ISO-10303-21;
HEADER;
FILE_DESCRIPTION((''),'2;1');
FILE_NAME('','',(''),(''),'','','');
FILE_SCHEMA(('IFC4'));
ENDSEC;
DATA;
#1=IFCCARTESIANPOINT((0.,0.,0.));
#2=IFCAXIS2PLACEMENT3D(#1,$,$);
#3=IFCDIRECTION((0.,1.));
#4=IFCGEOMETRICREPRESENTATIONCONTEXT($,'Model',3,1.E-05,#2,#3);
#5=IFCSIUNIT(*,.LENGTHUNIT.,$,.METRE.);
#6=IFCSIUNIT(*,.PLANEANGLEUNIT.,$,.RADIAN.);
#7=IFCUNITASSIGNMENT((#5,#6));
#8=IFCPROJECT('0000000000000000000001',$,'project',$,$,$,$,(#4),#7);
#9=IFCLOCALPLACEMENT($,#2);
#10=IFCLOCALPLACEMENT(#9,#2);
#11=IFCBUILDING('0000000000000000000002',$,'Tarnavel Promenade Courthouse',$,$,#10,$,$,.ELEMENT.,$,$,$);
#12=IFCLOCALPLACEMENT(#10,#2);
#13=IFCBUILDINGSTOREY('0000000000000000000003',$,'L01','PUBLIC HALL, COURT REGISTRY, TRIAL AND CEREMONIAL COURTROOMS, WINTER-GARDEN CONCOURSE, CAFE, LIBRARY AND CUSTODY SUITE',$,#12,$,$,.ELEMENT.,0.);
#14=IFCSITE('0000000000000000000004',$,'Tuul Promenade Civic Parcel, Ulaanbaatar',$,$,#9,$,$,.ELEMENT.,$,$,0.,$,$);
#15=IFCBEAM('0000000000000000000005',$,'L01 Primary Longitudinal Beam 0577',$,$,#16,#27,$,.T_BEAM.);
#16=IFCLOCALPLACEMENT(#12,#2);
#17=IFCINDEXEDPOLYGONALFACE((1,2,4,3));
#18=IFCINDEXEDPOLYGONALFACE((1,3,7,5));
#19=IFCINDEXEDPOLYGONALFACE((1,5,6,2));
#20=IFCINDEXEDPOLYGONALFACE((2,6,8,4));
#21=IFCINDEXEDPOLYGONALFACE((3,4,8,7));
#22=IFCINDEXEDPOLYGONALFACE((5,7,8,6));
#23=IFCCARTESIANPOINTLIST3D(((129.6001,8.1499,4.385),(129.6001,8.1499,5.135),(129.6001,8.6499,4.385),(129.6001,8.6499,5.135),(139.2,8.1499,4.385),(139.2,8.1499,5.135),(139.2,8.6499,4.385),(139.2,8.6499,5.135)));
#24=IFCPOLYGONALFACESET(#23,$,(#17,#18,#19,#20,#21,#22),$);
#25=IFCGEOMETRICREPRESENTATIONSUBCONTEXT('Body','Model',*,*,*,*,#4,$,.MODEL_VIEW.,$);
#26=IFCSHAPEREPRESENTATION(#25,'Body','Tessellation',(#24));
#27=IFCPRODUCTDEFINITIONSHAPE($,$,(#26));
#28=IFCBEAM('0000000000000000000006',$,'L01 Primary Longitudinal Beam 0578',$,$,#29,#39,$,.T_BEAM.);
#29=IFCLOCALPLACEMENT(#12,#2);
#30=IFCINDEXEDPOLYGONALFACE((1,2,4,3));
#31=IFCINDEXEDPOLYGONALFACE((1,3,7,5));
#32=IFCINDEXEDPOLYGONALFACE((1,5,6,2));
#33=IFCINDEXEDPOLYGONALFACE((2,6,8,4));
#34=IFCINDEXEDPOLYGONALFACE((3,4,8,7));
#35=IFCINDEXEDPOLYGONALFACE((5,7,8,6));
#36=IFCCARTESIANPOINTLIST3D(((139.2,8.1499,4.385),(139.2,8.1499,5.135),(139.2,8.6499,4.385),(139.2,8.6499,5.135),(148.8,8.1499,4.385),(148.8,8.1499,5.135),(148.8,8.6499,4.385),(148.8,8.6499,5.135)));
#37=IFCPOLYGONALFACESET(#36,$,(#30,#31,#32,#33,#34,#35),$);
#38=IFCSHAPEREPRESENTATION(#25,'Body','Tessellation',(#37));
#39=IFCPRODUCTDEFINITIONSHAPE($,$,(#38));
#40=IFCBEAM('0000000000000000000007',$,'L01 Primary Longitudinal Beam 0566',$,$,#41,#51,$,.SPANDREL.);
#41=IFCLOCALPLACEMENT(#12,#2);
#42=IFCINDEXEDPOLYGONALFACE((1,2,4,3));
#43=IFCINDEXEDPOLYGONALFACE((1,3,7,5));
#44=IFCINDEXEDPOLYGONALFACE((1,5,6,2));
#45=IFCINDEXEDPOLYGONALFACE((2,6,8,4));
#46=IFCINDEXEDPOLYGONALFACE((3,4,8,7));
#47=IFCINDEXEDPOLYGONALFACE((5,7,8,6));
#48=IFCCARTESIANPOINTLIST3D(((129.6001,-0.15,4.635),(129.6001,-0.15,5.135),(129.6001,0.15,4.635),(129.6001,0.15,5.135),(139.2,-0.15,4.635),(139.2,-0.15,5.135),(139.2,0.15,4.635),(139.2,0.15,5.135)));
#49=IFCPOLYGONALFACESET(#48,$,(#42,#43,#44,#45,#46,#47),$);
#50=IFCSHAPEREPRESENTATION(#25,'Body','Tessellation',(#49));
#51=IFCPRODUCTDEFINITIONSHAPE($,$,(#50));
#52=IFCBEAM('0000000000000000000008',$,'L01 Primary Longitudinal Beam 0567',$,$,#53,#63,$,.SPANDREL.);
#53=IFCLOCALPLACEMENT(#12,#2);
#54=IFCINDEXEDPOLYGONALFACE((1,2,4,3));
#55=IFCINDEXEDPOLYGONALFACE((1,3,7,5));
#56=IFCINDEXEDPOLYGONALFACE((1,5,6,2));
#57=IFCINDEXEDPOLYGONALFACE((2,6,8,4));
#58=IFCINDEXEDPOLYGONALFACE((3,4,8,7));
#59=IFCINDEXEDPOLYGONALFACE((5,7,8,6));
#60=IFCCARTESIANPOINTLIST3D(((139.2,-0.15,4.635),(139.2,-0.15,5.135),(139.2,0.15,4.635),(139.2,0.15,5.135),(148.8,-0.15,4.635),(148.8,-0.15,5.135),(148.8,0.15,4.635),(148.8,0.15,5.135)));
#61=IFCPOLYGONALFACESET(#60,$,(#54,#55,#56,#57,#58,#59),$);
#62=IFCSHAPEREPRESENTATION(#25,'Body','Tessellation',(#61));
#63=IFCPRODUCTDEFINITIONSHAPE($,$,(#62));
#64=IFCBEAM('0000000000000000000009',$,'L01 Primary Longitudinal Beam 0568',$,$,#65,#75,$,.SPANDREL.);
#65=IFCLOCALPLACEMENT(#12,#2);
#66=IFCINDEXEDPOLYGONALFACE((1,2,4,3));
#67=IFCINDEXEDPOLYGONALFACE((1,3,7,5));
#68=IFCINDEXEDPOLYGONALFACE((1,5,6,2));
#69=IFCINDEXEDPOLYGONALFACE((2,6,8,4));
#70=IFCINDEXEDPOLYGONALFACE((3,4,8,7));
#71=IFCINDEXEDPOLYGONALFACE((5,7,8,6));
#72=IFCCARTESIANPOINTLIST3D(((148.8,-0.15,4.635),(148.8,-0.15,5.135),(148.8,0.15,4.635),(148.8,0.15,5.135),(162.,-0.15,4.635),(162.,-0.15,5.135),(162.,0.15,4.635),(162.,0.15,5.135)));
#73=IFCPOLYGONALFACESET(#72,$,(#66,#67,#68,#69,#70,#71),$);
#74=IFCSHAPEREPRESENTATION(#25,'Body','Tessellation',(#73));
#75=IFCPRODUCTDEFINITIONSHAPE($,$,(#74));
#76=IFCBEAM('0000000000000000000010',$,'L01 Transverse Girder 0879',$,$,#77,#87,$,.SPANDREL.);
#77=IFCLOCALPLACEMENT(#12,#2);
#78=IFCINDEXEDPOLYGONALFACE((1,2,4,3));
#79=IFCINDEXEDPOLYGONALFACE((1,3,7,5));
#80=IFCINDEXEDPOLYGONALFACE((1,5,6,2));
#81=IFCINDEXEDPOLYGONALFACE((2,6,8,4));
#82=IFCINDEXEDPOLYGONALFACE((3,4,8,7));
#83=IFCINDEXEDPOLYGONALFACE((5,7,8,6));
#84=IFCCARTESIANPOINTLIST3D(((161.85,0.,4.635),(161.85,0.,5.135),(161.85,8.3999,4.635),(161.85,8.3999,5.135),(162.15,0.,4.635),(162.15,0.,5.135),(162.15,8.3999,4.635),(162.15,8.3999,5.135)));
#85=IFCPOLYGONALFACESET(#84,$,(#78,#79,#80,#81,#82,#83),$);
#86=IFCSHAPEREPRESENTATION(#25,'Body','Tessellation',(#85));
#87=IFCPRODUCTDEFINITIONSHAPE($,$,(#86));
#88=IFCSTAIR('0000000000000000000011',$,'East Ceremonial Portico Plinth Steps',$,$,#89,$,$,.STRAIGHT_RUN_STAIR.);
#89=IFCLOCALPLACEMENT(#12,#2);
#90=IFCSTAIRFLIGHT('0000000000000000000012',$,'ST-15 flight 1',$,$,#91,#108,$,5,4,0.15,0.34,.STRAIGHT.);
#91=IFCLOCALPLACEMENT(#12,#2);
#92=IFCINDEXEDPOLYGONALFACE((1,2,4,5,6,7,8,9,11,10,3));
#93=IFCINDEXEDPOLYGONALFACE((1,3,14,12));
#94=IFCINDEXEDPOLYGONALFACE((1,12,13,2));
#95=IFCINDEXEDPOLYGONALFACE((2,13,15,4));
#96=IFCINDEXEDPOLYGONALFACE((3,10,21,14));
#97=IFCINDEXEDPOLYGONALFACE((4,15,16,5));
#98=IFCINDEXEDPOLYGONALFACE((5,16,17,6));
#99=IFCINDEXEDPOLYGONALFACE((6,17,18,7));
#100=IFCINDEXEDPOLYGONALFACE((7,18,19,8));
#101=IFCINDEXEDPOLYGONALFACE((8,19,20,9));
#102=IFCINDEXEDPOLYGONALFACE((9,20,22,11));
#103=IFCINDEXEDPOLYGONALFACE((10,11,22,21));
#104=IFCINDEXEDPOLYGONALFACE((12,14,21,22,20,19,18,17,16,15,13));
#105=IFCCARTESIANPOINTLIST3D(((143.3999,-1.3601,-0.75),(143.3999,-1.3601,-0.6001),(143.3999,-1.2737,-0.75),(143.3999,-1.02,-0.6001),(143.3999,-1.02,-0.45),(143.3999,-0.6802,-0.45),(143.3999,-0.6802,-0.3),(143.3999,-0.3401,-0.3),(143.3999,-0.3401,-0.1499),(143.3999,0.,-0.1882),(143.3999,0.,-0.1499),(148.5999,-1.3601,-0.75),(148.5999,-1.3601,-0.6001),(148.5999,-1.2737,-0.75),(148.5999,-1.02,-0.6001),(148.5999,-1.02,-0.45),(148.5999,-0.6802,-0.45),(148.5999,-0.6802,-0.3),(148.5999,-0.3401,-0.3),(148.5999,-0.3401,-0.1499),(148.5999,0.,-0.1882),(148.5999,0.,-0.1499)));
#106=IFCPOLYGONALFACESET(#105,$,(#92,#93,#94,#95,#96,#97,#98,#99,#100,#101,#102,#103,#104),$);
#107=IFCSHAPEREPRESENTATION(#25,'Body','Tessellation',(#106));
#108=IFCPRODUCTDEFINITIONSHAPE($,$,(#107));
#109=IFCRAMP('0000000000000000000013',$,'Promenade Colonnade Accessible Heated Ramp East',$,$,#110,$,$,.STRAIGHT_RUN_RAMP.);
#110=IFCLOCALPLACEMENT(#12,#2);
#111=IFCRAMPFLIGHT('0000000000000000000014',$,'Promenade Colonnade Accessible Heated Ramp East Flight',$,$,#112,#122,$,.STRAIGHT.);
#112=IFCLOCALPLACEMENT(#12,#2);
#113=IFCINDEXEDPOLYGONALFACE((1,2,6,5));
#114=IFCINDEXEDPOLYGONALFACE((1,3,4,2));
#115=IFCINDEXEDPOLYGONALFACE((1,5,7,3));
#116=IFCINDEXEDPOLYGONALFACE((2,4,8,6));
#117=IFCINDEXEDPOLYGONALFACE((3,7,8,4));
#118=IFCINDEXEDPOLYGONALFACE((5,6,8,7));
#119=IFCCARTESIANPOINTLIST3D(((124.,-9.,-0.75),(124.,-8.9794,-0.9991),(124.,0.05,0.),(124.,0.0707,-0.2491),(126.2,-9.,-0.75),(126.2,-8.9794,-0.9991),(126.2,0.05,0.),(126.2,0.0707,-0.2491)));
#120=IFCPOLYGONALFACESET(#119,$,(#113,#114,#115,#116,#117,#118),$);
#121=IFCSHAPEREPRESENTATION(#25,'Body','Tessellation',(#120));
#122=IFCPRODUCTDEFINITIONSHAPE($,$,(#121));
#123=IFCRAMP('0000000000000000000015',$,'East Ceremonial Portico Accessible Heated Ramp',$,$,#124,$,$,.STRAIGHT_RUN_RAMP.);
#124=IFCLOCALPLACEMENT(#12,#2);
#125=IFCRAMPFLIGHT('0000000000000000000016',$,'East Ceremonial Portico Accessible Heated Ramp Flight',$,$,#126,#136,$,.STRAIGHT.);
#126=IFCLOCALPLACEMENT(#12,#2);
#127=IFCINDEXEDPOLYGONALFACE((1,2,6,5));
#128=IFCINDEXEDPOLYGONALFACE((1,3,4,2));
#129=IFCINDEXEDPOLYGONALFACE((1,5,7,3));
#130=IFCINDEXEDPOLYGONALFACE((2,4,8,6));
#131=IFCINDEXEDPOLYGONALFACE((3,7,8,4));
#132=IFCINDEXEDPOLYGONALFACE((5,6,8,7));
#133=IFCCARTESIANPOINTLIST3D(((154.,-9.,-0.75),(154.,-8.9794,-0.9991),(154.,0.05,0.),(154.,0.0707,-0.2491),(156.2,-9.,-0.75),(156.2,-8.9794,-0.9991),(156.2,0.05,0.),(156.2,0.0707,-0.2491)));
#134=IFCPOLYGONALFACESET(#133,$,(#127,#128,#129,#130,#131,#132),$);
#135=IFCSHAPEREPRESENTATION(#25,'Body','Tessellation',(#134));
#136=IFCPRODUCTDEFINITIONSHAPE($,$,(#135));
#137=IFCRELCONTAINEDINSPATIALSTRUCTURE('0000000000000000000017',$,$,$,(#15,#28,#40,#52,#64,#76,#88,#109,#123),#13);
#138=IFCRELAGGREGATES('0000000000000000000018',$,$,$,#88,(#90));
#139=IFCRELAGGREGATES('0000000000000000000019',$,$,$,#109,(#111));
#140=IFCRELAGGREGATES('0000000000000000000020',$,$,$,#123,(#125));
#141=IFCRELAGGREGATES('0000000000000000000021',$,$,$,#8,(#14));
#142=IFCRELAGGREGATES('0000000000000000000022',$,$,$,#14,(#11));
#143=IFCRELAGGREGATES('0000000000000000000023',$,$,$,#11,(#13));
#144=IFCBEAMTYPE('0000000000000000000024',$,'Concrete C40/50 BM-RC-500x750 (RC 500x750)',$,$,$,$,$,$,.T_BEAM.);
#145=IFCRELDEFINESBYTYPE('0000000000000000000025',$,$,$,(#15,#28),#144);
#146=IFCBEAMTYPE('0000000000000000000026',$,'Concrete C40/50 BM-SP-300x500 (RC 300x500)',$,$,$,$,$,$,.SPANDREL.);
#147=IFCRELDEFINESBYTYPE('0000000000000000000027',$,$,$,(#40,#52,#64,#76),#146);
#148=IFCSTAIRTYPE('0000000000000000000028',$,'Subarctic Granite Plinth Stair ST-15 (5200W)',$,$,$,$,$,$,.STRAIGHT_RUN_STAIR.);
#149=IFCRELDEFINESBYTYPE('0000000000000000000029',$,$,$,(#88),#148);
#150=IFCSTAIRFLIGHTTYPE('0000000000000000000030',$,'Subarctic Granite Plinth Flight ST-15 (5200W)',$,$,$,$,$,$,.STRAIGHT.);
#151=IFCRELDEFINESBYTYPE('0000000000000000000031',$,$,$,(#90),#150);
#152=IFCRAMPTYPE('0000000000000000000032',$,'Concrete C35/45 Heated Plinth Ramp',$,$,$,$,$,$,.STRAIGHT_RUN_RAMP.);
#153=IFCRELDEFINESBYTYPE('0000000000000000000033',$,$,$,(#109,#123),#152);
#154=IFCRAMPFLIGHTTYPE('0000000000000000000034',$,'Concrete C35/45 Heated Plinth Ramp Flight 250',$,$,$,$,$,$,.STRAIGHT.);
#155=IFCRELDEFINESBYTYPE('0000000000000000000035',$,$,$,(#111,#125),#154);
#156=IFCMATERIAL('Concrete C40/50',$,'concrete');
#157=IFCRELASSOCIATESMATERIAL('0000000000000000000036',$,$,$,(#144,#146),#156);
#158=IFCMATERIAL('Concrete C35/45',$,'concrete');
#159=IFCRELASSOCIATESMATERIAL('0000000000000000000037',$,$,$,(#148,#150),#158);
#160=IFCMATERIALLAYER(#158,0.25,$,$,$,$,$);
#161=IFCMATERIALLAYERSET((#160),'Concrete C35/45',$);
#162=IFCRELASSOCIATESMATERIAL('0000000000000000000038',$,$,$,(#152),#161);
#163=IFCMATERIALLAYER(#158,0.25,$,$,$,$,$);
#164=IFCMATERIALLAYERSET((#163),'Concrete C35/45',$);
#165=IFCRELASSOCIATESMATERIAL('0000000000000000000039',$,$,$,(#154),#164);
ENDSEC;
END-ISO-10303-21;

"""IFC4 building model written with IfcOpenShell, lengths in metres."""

from ifc_helpers import new_model, si_unit, direction, frame, origin, origin_2d, place, context, subcontext, project, spatial, polyline, rectangle, outline, extrude, material, layer, layer_set, material_profile, profile_set, type_object, element, aggregate, save


model = new_model("IFC4")

# Units and contexts
model_context = context("Model", 3, precision=1e-05, world=origin(), true_north=direction((0.0, 1.0)))
body_context = subcontext(model_context, "Body", "Model", "MODEL_VIEW")
ifc_project = project(units=[si_unit("LENGTHUNIT", "METRE"), si_unit("PLANEANGLEUNIT", "RADIAN")], contexts=[model_context])

# Site, building, storey
site_placement = place(None, origin())
site = spatial("IfcSite", under=ifc_project, at=site_placement, Name="Tuul Promenade Civic Parcel, Ulaanbaatar", CompositionType="ELEMENT", RefElevation=0.0)
building_placement = place(site_placement, origin())
building = spatial("IfcBuilding", under=site, at=building_placement, Name="Tarnavel Promenade Courthouse", CompositionType="ELEMENT")
storey_placement = place(building_placement, origin())
storey = spatial("IfcBuildingStorey", under=building, at=storey_placement, Name="L01", Description="PUBLIC HALL, COURT REGISTRY, TRIAL AND CEREMONIAL COURTROOMS, WINTER-GARDEN CONCOURSE, CAFE, LIBRARY AND CUSTODY SUITE", CompositionType="ELEMENT", Elevation=0.0)

# Shared definitions
ifc_material_1 = material(Name="Concrete C40/50", Category="concrete")

# Beams
ifc_material_profile_1 = material_profile(ifc_material_1, rectangle(XDim=0.5, YDim=0.75, at=origin_2d()), Name="RC 500x750")
ifc_profile_set_1 = profile_set([ifc_material_profile_1], Name="Concrete C40/50")
beam_type_1 = type_object("IfcBeamType", Name="Concrete C40/50 BM-RC-500x750 (RC 500x750)", PredefinedType="T_BEAM", material=ifc_profile_set_1)
beam_1_placement = place(storey_placement, frame((129.6001, 8.3999, 4.76), z_axis=(1.0, 0.0, 0.0), x_axis=(0.0, 1.0, 0.0)))
element("IfcBeam", 1, at=beam_1_placement, inside=storey, type_object=beam_type_1, Name="L01 Primary Longitudinal Beam 0577", PredefinedType="T_BEAM", context=body_context, shape_type="SweptSolid", body=[
    extrude(rectangle(XDim=0.5, YDim=0.75, at=origin_2d()), origin(), (0.0, 0.0, 1.0), 9.5999),
])
beam_2_placement = place(storey_placement, frame((139.2, 8.3999, 4.76), z_axis=(1.0, 0.0, 0.0), x_axis=(0.0, 1.0, 0.0)))
element("IfcBeam", 2, at=beam_2_placement, inside=storey, type_object=beam_type_1, Name="L01 Primary Longitudinal Beam 0578", PredefinedType="T_BEAM", context=body_context, shape_type="SweptSolid", body=[
    extrude(rectangle(XDim=0.5, YDim=0.75, at=origin_2d()), origin(), (0.0, 0.0, 1.0), 9.6001),
])
ifc_material_profile_2 = material_profile(ifc_material_1, rectangle(XDim=0.3, YDim=0.5, at=origin_2d()), Name="RC 300x500")
ifc_profile_set_2 = profile_set([ifc_material_profile_2], Name="Concrete C40/50")
beam_type_2 = type_object("IfcBeamType", Name="Concrete C40/50 BM-SP-300x500 (RC 300x500)", PredefinedType="SPANDREL", material=ifc_profile_set_2)
beam_3_placement = place(storey_placement, frame((129.6001, 0.0, 4.885), z_axis=(1.0, 0.0, 0.0), x_axis=(0.0, 1.0, 0.0)))
element("IfcBeam", 3, at=beam_3_placement, inside=storey, type_object=beam_type_2, Name="L01 Primary Longitudinal Beam 0566", PredefinedType="SPANDREL", context=body_context, shape_type="SweptSolid", body=[
    extrude(rectangle(XDim=0.3, YDim=0.5, at=origin_2d()), origin(), (0.0, 0.0, 1.0), 9.5999),
])
beam_4_placement = place(storey_placement, frame((139.2, 0.0, 4.885), z_axis=(1.0, 0.0, 0.0), x_axis=(0.0, 1.0, 0.0)))
element("IfcBeam", 4, at=beam_4_placement, inside=storey, type_object=beam_type_2, Name="L01 Primary Longitudinal Beam 0567", PredefinedType="SPANDREL", context=body_context, shape_type="SweptSolid", body=[
    extrude(rectangle(XDim=0.3, YDim=0.5, at=origin_2d()), origin(), (0.0, 0.0, 1.0), 9.6001),
])
beam_5_placement = place(storey_placement, frame((148.8, 0.0, 4.885), z_axis=(1.0, 0.0, 0.0), x_axis=(0.0, 1.0, 0.0)))
element("IfcBeam", 5, at=beam_5_placement, inside=storey, type_object=beam_type_2, Name="L01 Primary Longitudinal Beam 0568", PredefinedType="SPANDREL", context=body_context, shape_type="SweptSolid", body=[
    extrude(rectangle(XDim=0.3, YDim=0.5, at=origin_2d()), origin(), (0.0, 0.0, 1.0), 13.2),
])
beam_6_placement = place(storey_placement, frame((162.0, 0.0, 4.885), z_axis=(0.0, 1.0, 0.0), x_axis=(-1.0, 0.0, 0.0)))
element("IfcBeam", 6, at=beam_6_placement, inside=storey, type_object=beam_type_2, Name="L01 Transverse Girder 0879", PredefinedType="SPANDREL", context=body_context, shape_type="SweptSolid", body=[
    extrude(rectangle(XDim=0.3, YDim=0.5, at=origin_2d()), origin(), (0.0, 0.0, 1.0), 8.3999),
])

# Stair, stair flight
ifc_material_2 = material(Name="Concrete C35/45", Category="concrete")
stair_type = type_object("IfcStairType", Name="Subarctic Granite Plinth Stair ST-15 (5200W)", PredefinedType="STRAIGHT_RUN_STAIR", material=ifc_material_2)
stair_placement = place(storey_placement, origin())
stair = element("IfcStair", 7, at=stair_placement, inside=storey, type_object=stair_type, Name="East Ceremonial Portico Plinth Steps", PredefinedType="STRAIGHT_RUN_STAIR")
stair_flight_type = type_object("IfcStairFlightType", Name="Subarctic Granite Plinth Flight ST-15 (5200W)", PredefinedType="STRAIGHT", material=ifc_material_2)
stair_flight_placement = place(storey_placement, frame((146.0, -1.3601, -0.75), z_axis=(0.0, 0.0, 1.0), x_axis=(0.0, 1.0, 0.0)))
stair_flight = element("IfcStairFlight", 8, at=stair_flight_placement, type_object=stair_flight_type, Name="ST-15 flight 1", NumberOfRisers=5, NumberOfTreads=4, PredefinedType="STRAIGHT", RiserHeight=0.15, TreadLength=0.34, context=body_context, shape_type="SweptSolid", body=[
    extrude(outline(polyline([(0.0, 0.0), (0.0, 0.1499), (0.3401, 0.1499), (0.3401, 0.3), (0.6799, 0.3), (0.6799, 0.45), (1.02, 0.45), (1.02, 0.6001), (1.3601, 0.6001), (1.3601, 0.75), (1.3601, 0.5618), (0.0864, 0.0), (0.0, 0.0)])), frame((0.0, 2.6001, 0.0), z_axis=(0.0, -1.0, 0.0), x_axis=(1.0, 0.0, 0.0)), (0.0, 0.0, 1.0), 5.2),
])
aggregate(stair, [stair_flight])

# Ramps, ramp flights
ifc_layer_1 = layer(ifc_material_2, 0.25)
ifc_layer_set_1 = layer_set([ifc_layer_1], Name="Concrete C35/45")
ramp_type = type_object("IfcRampType", Name="Concrete C35/45 Heated Plinth Ramp", PredefinedType="STRAIGHT_RUN_RAMP", material=ifc_layer_set_1)
ramp_1_placement = place(storey_placement, origin())
ramp_1 = element("IfcRamp", 9, at=ramp_1_placement, inside=storey, type_object=ramp_type, Name="Promenade Colonnade Accessible Heated Ramp East", PredefinedType="STRAIGHT_RUN_RAMP")
ifc_layer_2 = layer(ifc_material_2, 0.25)
ifc_layer_set_2 = layer_set([ifc_layer_2], Name="Concrete C35/45")
ramp_flight_type = type_object("IfcRampFlightType", Name="Concrete C35/45 Heated Plinth Ramp Flight 250", PredefinedType="STRAIGHT", material=ifc_layer_set_2)
ramp_flight_1_placement = place(storey_placement, frame((124.0, -9.0, -0.75), z_axis=(0.0, -0.082589, 0.996584), x_axis=(1.0, 0.0, 0.0)))
ramp_flight_1 = element("IfcRampFlight", 10, at=ramp_flight_1_placement, type_object=ramp_flight_type, Name="Promenade Colonnade Accessible Heated Ramp East Flight", PredefinedType="STRAIGHT", context=body_context, shape_type="SweptSolid", body=[
    extrude(outline(polyline([(0.0, 0.0), (2.2, 0.0), (2.2, 9.0811), (0.0, 9.0811), (0.0, 0.0)])), origin(), (0.0, 0.0, -1.0), 0.25),
])
aggregate(ramp_1, [ramp_flight_1])
ramp_2_placement = place(storey_placement, origin())
ramp_2 = element("IfcRamp", 11, at=ramp_2_placement, inside=storey, type_object=ramp_type, Name="East Ceremonial Portico Accessible Heated Ramp", PredefinedType="STRAIGHT_RUN_RAMP")
ramp_flight_2_placement = place(storey_placement, frame((154.0, -9.0, -0.75), z_axis=(0.0, -0.082589, 0.996584), x_axis=(1.0, 0.0, 0.0)))
ramp_flight_2 = element("IfcRampFlight", 12, at=ramp_flight_2_placement, type_object=ramp_flight_type, Name="East Ceremonial Portico Accessible Heated Ramp Flight", PredefinedType="STRAIGHT", context=body_context, shape_type="SweptSolid", body=[
    extrude(outline(polyline([(0.0, 0.0), (2.2, 0.0), (2.2, 9.0811), (0.0, 9.0811), (0.0, 0.0)])), origin(), (0.0, 0.0, -1.0), 0.25),
])
aggregate(ramp_2, [ramp_flight_2])

save(model, "model.ifc")
